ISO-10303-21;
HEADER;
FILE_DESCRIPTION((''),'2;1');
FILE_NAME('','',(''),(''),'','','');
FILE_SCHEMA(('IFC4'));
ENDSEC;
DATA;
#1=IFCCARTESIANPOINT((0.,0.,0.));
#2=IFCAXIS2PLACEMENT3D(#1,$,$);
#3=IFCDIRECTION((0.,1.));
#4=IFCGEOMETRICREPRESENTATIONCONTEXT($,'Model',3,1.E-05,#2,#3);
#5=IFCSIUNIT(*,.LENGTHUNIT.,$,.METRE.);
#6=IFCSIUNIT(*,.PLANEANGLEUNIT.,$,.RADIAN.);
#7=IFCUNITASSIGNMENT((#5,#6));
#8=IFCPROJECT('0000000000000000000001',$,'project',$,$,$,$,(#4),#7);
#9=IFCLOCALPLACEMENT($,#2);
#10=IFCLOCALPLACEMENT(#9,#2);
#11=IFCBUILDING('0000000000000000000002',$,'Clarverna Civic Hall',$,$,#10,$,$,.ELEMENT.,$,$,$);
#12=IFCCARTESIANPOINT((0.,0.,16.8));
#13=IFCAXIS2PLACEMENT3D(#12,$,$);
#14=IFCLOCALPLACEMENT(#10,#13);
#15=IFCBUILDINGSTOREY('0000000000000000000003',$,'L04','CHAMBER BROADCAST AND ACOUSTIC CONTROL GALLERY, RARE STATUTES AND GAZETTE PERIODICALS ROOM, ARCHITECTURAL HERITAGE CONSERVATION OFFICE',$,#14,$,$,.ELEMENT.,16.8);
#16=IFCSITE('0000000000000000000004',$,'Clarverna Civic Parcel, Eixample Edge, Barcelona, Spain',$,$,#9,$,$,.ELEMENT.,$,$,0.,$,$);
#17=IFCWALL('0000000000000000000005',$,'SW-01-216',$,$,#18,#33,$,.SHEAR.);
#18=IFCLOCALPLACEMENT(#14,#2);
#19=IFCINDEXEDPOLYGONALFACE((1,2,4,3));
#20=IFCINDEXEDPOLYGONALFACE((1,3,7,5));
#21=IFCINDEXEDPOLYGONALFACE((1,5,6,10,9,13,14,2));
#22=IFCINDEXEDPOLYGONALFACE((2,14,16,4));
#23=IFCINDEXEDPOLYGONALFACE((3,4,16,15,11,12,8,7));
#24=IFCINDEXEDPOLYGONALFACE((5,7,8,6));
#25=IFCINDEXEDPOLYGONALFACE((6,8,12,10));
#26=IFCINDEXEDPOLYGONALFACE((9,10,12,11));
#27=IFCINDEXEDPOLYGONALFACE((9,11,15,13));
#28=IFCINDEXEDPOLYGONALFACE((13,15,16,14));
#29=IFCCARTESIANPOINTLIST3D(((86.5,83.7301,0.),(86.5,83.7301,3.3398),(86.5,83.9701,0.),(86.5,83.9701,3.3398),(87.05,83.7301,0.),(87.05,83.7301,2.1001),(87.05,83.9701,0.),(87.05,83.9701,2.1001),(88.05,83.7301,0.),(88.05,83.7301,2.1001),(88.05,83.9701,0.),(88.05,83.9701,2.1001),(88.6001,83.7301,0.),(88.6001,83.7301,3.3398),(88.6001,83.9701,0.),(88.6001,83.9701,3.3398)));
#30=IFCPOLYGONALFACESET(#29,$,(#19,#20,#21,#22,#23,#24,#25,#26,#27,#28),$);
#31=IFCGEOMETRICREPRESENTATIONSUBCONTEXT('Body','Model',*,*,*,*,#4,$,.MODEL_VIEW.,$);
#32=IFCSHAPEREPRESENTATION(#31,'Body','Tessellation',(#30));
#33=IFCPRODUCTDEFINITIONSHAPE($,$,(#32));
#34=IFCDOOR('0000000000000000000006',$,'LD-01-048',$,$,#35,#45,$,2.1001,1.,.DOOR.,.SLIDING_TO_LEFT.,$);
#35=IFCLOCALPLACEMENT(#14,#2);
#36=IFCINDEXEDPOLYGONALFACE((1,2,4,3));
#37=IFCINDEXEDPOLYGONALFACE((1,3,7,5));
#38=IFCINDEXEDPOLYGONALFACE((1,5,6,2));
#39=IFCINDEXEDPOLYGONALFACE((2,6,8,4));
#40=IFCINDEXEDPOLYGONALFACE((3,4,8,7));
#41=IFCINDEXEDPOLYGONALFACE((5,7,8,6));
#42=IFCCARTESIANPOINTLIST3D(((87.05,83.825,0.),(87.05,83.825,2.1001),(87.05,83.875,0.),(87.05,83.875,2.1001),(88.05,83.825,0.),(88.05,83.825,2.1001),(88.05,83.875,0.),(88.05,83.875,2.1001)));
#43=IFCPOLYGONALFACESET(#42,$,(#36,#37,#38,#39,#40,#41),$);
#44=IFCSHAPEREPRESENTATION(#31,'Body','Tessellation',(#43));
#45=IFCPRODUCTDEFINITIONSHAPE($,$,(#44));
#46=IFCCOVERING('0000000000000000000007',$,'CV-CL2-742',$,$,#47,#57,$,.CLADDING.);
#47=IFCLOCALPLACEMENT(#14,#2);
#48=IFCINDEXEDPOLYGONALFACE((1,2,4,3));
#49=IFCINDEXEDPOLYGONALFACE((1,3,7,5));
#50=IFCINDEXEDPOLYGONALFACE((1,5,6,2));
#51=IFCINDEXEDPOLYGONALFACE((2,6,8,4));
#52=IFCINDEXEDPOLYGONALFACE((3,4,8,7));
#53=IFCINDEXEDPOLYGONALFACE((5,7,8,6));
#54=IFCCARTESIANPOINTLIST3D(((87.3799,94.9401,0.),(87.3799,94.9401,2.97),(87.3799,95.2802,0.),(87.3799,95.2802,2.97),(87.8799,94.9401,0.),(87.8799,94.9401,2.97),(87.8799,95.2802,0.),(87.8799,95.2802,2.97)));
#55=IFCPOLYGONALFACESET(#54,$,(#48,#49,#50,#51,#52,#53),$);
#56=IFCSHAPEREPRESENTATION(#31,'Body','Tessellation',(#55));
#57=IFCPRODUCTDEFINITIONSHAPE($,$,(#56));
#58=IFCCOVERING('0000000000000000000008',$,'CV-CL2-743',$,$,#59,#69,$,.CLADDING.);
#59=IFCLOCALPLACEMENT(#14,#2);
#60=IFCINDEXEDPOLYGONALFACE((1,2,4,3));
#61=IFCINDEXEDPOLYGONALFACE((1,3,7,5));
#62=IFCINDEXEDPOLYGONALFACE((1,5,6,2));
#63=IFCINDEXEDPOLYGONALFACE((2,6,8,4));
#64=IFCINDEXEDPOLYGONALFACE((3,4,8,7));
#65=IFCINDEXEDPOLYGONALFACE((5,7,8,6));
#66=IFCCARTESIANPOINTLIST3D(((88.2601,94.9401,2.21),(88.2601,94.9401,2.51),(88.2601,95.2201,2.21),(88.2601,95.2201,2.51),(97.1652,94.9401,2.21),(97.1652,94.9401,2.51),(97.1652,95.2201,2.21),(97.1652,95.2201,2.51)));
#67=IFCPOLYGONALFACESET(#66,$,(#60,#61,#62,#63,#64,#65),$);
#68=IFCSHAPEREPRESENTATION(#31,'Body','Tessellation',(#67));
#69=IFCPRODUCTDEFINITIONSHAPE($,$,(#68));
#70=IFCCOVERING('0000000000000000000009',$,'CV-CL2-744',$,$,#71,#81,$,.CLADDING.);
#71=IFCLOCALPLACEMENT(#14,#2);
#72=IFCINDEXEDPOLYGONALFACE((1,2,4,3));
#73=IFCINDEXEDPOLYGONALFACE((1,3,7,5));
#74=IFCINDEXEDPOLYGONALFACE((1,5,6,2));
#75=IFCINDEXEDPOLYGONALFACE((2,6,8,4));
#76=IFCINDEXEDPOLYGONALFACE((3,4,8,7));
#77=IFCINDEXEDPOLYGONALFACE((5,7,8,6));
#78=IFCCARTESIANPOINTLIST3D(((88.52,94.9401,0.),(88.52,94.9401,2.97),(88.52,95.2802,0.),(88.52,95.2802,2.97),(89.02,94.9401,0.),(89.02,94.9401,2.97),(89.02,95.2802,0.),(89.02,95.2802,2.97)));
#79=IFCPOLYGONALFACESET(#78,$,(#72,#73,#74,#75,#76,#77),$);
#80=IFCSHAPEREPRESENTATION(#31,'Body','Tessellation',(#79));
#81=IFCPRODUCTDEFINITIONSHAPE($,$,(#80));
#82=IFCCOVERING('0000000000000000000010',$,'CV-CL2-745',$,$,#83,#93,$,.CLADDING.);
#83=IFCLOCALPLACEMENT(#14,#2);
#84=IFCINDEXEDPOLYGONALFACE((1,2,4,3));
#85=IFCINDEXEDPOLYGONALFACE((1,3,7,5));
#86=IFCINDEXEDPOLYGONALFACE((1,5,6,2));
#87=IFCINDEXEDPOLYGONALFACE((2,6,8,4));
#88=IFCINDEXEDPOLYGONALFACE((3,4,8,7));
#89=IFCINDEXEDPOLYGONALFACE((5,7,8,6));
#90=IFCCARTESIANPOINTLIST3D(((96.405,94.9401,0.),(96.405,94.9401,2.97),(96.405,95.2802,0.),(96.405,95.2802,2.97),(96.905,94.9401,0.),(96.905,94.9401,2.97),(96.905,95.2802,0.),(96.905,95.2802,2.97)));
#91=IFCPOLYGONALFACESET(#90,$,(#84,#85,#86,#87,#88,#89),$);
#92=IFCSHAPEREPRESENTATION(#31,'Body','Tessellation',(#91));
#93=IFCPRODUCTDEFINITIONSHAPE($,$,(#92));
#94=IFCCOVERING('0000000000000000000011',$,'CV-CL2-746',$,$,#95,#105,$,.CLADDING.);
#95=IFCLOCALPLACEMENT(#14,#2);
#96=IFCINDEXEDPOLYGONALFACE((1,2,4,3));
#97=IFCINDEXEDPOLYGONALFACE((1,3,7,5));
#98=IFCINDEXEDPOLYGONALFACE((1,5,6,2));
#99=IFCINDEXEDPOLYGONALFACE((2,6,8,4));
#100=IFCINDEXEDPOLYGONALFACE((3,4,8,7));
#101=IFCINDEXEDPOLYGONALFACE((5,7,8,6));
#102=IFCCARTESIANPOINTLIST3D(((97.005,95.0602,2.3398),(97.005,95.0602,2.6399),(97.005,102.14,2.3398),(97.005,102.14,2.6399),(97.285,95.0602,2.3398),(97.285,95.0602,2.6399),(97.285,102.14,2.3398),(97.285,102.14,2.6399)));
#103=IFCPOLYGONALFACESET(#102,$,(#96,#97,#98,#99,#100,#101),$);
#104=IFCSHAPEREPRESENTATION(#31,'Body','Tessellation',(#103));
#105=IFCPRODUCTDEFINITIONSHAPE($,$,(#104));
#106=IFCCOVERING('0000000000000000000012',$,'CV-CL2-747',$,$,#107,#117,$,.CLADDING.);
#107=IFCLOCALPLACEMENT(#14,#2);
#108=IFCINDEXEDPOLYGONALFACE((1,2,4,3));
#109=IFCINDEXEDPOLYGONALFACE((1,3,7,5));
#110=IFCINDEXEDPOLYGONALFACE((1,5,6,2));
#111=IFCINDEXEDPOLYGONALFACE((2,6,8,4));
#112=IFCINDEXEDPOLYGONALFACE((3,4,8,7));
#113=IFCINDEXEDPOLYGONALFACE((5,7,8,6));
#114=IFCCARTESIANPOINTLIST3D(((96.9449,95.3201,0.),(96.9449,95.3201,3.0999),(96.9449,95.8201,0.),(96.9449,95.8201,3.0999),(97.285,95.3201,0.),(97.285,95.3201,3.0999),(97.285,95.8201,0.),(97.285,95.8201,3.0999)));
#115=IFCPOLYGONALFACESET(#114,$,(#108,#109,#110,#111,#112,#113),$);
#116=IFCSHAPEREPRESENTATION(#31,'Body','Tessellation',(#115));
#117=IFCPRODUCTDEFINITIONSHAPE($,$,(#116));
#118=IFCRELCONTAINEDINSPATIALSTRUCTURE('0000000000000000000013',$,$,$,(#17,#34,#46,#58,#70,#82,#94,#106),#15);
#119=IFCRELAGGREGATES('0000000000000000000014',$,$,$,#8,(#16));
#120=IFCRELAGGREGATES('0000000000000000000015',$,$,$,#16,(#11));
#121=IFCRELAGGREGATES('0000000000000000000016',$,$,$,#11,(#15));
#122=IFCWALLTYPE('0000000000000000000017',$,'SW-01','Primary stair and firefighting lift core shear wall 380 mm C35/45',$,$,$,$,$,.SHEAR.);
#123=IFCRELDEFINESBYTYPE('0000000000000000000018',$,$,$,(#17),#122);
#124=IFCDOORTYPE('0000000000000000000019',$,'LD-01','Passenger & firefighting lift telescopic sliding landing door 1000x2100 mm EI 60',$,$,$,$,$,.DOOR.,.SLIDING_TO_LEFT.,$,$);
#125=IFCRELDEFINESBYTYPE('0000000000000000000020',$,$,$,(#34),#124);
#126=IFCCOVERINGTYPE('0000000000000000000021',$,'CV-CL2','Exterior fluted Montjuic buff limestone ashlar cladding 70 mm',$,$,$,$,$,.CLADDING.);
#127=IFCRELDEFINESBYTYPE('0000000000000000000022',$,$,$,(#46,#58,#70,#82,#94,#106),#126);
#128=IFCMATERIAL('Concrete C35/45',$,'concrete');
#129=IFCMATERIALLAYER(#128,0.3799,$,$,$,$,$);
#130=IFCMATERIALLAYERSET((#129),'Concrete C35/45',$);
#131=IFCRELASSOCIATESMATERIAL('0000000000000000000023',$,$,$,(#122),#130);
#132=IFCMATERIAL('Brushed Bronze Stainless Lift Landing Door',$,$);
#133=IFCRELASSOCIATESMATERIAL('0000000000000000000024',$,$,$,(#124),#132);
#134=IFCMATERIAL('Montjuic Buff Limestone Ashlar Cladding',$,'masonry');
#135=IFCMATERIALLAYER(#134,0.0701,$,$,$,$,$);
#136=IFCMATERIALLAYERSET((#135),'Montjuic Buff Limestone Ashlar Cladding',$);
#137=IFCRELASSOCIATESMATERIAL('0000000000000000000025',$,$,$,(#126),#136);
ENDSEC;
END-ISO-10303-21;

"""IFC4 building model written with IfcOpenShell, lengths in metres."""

from ifc_helpers import new_model, si_unit, direction, frame, frame_2d, origin, place, context, subcontext, project, spatial, rectangle, extrude, material, layer, layer_set, type_object, element, fill, save


model = new_model("IFC4")

# Units and contexts
model_context = context("Model", 3, precision=1e-05, world=origin(), true_north=direction((0.0, 1.0)))
body_context = subcontext(model_context, "Body", "Model", "MODEL_VIEW")
ifc_project = project(units=[si_unit("LENGTHUNIT", "METRE"), si_unit("PLANEANGLEUNIT", "RADIAN")], contexts=[model_context])

# Site, building, storey
site_placement = place(None, origin())
site = spatial("IfcSite", under=ifc_project, at=site_placement, Name="Clarverna Civic Parcel, Eixample Edge, Barcelona, Spain", CompositionType="ELEMENT", RefElevation=0.0)
building_placement = place(site_placement, origin())
building = spatial("IfcBuilding", under=site, at=building_placement, Name="Clarverna Civic Hall", CompositionType="ELEMENT")
storey_placement = place(building_placement, frame((0.0, 0.0, 16.8)))
storey = spatial("IfcBuildingStorey", under=building, at=storey_placement, Name="L04", Description="CHAMBER BROADCAST AND ACOUSTIC CONTROL GALLERY, RARE STATUTES AND GAZETTE PERIODICALS ROOM, ARCHITECTURAL HERITAGE CONSERVATION OFFICE", CompositionType="ELEMENT", Elevation=16.8)

# Shared definitions
ifc_material_1 = material(Name="Concrete C35/45", Category="concrete")

# Shared definitions
ifc_layer_1 = layer(ifc_material_1, 0.3799)
ifc_layer_set_1 = layer_set([ifc_layer_1], Name="Concrete C35/45")
wall_type_1 = type_object("IfcWallType", Name="SW-01", Description="Primary stair and firefighting lift core shear wall 380 mm C35/45", PredefinedType="SHEAR", material=ifc_layer_set_1)

# Wall, opening, door
wall_1_placement = place(storey_placement, frame((86.5, 83.8501, 0.0), z_axis=(0.0, 0.0, 1.0), x_axis=(1.0, 0.0, 0.0)))
wall_1 = element("IfcWall", 1, at=wall_1_placement, inside=storey, type_object=wall_type_1, Name="SW-01-216", PredefinedType="SHEAR", context=body_context, shape_type="SweptSolid", body=[
    extrude(rectangle(XDim=2.1001, YDim=0.24, at=frame_2d((1.05, 0.0))), origin(), (0.0, 0.0, 1.0), 3.3398),
])
opening_1_placement = place(wall_1_placement, frame((0.55, 0.0, 0.0)))
opening_1 = element("IfcOpeningElement", 2, at=opening_1_placement, cuts=wall_1, PredefinedType="OPENING", context=body_context, shape_type="SweptSolid", body=[
    extrude(rectangle(XDim=1.0, YDim=2.1001, at=frame_2d((0.5, 1.05))), frame((0.0, 0.1299, 0.0), z_axis=(0.0, -1.0, 0.0), x_axis=(1.0, 0.0, 0.0)), (0.0, 0.0, 1.0), 0.26),
])
ifc_material_2 = material(Name="Brushed Bronze Stainless Lift Landing Door")
door_type_1 = type_object("IfcDoorType", Name="LD-01", Description="Passenger & firefighting lift telescopic sliding landing door 1000x2100 mm EI 60", OperationType="SLIDING_TO_LEFT", PredefinedType="DOOR", material=ifc_material_2)
door_1_placement = place(opening_1_placement, origin())
door_1 = element("IfcDoor", 3, at=door_1_placement, inside=storey, type_object=door_type_1, Name="LD-01-048", OperationType="SLIDING_TO_LEFT", OverallHeight=2.1001, OverallWidth=1.0, PredefinedType="DOOR", context=body_context, shape_type="SweptSolid", body=[
    extrude(rectangle(XDim=1.0, YDim=2.1001, at=frame_2d((0.5, 1.05))), frame((0.0, 0.0249, 0.0), z_axis=(0.0, -1.0, 0.0), x_axis=(1.0, 0.0, 0.0)), (0.0, 0.0, 1.0), 0.05),
])
fill(opening_1, door_1)

# Coverings
ifc_material_3 = material(Name="Montjuic Buff Limestone Ashlar Cladding", Category="masonry")
ifc_layer_2 = layer(ifc_material_3, 0.0701)
ifc_layer_set_2 = layer_set([ifc_layer_2], Name="Montjuic Buff Limestone Ashlar Cladding")
covering_type = type_object("IfcCoveringType", Name="CV-CL2", Description="Exterior fluted Montjuic buff limestone ashlar cladding 70 mm", PredefinedType="CLADDING", material=ifc_layer_set_2)
covering_1_placement = place(storey_placement, frame((87.3799, 95.1101, 0.0), z_axis=(0.0, 0.0, 1.0), x_axis=(1.0, 0.0, 0.0)))
element("IfcCovering", 4, at=covering_1_placement, inside=storey, type_object=covering_type, Name="CV-CL2-742", PredefinedType="CLADDING", context=body_context, shape_type="SweptSolid", body=[
    extrude(rectangle(XDim=0.5, YDim=0.3401, at=frame_2d((0.25, 0.0))), origin(), (0.0, 0.0, 1.0), 2.97),
])
covering_2_placement = place(storey_placement, frame((88.26, 95.0801, 2.21), z_axis=(0.0, 0.0, 1.0), x_axis=(1.0, 0.0, 0.0)))
element("IfcCovering", 5, at=covering_2_placement, inside=storey, type_object=covering_type, Name="CV-CL2-743", PredefinedType="CLADDING", context=body_context, shape_type="SweptSolid", body=[
    extrude(rectangle(XDim=8.905, YDim=0.28, at=frame_2d((4.4526, 0.0))), origin(), (0.0, 0.0, 1.0), 0.3),
])
for number, where, z_axis, x_axis, name in (
    (6, (88.52, 95.1101, 0.0), (0.0, 0.0, 1.0), (1.0, 0.0, 0.0), "CV-CL2-744"),
    (7, (96.405, 95.1101, 0.0), (0.0, 0.0, 1.0), (1.0, 0.0, 0.0), "CV-CL2-745"),
):
    element("IfcCovering", number, at=place(storey_placement, frame(where, z_axis=z_axis, x_axis=x_axis)), inside=storey, type_object=covering_type, Name=name, PredefinedType="CLADDING", context=body_context, shape_type="SweptSolid", body=[
        extrude(rectangle(XDim=0.5, YDim=0.3401, at=frame_2d((0.25, 0.0))), origin(), (0.0, 0.0, 1.0), 2.97),
    ])
covering_3_placement = place(storey_placement, frame((97.145, 95.0601, 2.3398), z_axis=(0.0, 0.0, 1.0), x_axis=(0.0, 1.0, 0.0)))
element("IfcCovering", 8, at=covering_3_placement, inside=storey, type_object=covering_type, Name="CV-CL2-746", PredefinedType="CLADDING", context=body_context, shape_type="SweptSolid", body=[
    extrude(rectangle(XDim=7.0798, YDim=0.28, at=frame_2d((3.54, 0.0))), origin(), (0.0, 0.0, 1.0), 0.3),
])
covering_4_placement = place(storey_placement, frame((97.115, 95.3201, 0.0), z_axis=(0.0, 0.0, 1.0), x_axis=(0.0, 1.0, 0.0)))
element("IfcCovering", 9, at=covering_4_placement, inside=storey, type_object=covering_type, Name="CV-CL2-747", PredefinedType="CLADDING", context=body_context, shape_type="SweptSolid", body=[
    extrude(rectangle(XDim=0.5, YDim=0.3401, at=frame_2d((0.25, 0.0))), origin(), (0.0, 0.0, 1.0), 3.0999),
])

save(model, "model.ifc")
